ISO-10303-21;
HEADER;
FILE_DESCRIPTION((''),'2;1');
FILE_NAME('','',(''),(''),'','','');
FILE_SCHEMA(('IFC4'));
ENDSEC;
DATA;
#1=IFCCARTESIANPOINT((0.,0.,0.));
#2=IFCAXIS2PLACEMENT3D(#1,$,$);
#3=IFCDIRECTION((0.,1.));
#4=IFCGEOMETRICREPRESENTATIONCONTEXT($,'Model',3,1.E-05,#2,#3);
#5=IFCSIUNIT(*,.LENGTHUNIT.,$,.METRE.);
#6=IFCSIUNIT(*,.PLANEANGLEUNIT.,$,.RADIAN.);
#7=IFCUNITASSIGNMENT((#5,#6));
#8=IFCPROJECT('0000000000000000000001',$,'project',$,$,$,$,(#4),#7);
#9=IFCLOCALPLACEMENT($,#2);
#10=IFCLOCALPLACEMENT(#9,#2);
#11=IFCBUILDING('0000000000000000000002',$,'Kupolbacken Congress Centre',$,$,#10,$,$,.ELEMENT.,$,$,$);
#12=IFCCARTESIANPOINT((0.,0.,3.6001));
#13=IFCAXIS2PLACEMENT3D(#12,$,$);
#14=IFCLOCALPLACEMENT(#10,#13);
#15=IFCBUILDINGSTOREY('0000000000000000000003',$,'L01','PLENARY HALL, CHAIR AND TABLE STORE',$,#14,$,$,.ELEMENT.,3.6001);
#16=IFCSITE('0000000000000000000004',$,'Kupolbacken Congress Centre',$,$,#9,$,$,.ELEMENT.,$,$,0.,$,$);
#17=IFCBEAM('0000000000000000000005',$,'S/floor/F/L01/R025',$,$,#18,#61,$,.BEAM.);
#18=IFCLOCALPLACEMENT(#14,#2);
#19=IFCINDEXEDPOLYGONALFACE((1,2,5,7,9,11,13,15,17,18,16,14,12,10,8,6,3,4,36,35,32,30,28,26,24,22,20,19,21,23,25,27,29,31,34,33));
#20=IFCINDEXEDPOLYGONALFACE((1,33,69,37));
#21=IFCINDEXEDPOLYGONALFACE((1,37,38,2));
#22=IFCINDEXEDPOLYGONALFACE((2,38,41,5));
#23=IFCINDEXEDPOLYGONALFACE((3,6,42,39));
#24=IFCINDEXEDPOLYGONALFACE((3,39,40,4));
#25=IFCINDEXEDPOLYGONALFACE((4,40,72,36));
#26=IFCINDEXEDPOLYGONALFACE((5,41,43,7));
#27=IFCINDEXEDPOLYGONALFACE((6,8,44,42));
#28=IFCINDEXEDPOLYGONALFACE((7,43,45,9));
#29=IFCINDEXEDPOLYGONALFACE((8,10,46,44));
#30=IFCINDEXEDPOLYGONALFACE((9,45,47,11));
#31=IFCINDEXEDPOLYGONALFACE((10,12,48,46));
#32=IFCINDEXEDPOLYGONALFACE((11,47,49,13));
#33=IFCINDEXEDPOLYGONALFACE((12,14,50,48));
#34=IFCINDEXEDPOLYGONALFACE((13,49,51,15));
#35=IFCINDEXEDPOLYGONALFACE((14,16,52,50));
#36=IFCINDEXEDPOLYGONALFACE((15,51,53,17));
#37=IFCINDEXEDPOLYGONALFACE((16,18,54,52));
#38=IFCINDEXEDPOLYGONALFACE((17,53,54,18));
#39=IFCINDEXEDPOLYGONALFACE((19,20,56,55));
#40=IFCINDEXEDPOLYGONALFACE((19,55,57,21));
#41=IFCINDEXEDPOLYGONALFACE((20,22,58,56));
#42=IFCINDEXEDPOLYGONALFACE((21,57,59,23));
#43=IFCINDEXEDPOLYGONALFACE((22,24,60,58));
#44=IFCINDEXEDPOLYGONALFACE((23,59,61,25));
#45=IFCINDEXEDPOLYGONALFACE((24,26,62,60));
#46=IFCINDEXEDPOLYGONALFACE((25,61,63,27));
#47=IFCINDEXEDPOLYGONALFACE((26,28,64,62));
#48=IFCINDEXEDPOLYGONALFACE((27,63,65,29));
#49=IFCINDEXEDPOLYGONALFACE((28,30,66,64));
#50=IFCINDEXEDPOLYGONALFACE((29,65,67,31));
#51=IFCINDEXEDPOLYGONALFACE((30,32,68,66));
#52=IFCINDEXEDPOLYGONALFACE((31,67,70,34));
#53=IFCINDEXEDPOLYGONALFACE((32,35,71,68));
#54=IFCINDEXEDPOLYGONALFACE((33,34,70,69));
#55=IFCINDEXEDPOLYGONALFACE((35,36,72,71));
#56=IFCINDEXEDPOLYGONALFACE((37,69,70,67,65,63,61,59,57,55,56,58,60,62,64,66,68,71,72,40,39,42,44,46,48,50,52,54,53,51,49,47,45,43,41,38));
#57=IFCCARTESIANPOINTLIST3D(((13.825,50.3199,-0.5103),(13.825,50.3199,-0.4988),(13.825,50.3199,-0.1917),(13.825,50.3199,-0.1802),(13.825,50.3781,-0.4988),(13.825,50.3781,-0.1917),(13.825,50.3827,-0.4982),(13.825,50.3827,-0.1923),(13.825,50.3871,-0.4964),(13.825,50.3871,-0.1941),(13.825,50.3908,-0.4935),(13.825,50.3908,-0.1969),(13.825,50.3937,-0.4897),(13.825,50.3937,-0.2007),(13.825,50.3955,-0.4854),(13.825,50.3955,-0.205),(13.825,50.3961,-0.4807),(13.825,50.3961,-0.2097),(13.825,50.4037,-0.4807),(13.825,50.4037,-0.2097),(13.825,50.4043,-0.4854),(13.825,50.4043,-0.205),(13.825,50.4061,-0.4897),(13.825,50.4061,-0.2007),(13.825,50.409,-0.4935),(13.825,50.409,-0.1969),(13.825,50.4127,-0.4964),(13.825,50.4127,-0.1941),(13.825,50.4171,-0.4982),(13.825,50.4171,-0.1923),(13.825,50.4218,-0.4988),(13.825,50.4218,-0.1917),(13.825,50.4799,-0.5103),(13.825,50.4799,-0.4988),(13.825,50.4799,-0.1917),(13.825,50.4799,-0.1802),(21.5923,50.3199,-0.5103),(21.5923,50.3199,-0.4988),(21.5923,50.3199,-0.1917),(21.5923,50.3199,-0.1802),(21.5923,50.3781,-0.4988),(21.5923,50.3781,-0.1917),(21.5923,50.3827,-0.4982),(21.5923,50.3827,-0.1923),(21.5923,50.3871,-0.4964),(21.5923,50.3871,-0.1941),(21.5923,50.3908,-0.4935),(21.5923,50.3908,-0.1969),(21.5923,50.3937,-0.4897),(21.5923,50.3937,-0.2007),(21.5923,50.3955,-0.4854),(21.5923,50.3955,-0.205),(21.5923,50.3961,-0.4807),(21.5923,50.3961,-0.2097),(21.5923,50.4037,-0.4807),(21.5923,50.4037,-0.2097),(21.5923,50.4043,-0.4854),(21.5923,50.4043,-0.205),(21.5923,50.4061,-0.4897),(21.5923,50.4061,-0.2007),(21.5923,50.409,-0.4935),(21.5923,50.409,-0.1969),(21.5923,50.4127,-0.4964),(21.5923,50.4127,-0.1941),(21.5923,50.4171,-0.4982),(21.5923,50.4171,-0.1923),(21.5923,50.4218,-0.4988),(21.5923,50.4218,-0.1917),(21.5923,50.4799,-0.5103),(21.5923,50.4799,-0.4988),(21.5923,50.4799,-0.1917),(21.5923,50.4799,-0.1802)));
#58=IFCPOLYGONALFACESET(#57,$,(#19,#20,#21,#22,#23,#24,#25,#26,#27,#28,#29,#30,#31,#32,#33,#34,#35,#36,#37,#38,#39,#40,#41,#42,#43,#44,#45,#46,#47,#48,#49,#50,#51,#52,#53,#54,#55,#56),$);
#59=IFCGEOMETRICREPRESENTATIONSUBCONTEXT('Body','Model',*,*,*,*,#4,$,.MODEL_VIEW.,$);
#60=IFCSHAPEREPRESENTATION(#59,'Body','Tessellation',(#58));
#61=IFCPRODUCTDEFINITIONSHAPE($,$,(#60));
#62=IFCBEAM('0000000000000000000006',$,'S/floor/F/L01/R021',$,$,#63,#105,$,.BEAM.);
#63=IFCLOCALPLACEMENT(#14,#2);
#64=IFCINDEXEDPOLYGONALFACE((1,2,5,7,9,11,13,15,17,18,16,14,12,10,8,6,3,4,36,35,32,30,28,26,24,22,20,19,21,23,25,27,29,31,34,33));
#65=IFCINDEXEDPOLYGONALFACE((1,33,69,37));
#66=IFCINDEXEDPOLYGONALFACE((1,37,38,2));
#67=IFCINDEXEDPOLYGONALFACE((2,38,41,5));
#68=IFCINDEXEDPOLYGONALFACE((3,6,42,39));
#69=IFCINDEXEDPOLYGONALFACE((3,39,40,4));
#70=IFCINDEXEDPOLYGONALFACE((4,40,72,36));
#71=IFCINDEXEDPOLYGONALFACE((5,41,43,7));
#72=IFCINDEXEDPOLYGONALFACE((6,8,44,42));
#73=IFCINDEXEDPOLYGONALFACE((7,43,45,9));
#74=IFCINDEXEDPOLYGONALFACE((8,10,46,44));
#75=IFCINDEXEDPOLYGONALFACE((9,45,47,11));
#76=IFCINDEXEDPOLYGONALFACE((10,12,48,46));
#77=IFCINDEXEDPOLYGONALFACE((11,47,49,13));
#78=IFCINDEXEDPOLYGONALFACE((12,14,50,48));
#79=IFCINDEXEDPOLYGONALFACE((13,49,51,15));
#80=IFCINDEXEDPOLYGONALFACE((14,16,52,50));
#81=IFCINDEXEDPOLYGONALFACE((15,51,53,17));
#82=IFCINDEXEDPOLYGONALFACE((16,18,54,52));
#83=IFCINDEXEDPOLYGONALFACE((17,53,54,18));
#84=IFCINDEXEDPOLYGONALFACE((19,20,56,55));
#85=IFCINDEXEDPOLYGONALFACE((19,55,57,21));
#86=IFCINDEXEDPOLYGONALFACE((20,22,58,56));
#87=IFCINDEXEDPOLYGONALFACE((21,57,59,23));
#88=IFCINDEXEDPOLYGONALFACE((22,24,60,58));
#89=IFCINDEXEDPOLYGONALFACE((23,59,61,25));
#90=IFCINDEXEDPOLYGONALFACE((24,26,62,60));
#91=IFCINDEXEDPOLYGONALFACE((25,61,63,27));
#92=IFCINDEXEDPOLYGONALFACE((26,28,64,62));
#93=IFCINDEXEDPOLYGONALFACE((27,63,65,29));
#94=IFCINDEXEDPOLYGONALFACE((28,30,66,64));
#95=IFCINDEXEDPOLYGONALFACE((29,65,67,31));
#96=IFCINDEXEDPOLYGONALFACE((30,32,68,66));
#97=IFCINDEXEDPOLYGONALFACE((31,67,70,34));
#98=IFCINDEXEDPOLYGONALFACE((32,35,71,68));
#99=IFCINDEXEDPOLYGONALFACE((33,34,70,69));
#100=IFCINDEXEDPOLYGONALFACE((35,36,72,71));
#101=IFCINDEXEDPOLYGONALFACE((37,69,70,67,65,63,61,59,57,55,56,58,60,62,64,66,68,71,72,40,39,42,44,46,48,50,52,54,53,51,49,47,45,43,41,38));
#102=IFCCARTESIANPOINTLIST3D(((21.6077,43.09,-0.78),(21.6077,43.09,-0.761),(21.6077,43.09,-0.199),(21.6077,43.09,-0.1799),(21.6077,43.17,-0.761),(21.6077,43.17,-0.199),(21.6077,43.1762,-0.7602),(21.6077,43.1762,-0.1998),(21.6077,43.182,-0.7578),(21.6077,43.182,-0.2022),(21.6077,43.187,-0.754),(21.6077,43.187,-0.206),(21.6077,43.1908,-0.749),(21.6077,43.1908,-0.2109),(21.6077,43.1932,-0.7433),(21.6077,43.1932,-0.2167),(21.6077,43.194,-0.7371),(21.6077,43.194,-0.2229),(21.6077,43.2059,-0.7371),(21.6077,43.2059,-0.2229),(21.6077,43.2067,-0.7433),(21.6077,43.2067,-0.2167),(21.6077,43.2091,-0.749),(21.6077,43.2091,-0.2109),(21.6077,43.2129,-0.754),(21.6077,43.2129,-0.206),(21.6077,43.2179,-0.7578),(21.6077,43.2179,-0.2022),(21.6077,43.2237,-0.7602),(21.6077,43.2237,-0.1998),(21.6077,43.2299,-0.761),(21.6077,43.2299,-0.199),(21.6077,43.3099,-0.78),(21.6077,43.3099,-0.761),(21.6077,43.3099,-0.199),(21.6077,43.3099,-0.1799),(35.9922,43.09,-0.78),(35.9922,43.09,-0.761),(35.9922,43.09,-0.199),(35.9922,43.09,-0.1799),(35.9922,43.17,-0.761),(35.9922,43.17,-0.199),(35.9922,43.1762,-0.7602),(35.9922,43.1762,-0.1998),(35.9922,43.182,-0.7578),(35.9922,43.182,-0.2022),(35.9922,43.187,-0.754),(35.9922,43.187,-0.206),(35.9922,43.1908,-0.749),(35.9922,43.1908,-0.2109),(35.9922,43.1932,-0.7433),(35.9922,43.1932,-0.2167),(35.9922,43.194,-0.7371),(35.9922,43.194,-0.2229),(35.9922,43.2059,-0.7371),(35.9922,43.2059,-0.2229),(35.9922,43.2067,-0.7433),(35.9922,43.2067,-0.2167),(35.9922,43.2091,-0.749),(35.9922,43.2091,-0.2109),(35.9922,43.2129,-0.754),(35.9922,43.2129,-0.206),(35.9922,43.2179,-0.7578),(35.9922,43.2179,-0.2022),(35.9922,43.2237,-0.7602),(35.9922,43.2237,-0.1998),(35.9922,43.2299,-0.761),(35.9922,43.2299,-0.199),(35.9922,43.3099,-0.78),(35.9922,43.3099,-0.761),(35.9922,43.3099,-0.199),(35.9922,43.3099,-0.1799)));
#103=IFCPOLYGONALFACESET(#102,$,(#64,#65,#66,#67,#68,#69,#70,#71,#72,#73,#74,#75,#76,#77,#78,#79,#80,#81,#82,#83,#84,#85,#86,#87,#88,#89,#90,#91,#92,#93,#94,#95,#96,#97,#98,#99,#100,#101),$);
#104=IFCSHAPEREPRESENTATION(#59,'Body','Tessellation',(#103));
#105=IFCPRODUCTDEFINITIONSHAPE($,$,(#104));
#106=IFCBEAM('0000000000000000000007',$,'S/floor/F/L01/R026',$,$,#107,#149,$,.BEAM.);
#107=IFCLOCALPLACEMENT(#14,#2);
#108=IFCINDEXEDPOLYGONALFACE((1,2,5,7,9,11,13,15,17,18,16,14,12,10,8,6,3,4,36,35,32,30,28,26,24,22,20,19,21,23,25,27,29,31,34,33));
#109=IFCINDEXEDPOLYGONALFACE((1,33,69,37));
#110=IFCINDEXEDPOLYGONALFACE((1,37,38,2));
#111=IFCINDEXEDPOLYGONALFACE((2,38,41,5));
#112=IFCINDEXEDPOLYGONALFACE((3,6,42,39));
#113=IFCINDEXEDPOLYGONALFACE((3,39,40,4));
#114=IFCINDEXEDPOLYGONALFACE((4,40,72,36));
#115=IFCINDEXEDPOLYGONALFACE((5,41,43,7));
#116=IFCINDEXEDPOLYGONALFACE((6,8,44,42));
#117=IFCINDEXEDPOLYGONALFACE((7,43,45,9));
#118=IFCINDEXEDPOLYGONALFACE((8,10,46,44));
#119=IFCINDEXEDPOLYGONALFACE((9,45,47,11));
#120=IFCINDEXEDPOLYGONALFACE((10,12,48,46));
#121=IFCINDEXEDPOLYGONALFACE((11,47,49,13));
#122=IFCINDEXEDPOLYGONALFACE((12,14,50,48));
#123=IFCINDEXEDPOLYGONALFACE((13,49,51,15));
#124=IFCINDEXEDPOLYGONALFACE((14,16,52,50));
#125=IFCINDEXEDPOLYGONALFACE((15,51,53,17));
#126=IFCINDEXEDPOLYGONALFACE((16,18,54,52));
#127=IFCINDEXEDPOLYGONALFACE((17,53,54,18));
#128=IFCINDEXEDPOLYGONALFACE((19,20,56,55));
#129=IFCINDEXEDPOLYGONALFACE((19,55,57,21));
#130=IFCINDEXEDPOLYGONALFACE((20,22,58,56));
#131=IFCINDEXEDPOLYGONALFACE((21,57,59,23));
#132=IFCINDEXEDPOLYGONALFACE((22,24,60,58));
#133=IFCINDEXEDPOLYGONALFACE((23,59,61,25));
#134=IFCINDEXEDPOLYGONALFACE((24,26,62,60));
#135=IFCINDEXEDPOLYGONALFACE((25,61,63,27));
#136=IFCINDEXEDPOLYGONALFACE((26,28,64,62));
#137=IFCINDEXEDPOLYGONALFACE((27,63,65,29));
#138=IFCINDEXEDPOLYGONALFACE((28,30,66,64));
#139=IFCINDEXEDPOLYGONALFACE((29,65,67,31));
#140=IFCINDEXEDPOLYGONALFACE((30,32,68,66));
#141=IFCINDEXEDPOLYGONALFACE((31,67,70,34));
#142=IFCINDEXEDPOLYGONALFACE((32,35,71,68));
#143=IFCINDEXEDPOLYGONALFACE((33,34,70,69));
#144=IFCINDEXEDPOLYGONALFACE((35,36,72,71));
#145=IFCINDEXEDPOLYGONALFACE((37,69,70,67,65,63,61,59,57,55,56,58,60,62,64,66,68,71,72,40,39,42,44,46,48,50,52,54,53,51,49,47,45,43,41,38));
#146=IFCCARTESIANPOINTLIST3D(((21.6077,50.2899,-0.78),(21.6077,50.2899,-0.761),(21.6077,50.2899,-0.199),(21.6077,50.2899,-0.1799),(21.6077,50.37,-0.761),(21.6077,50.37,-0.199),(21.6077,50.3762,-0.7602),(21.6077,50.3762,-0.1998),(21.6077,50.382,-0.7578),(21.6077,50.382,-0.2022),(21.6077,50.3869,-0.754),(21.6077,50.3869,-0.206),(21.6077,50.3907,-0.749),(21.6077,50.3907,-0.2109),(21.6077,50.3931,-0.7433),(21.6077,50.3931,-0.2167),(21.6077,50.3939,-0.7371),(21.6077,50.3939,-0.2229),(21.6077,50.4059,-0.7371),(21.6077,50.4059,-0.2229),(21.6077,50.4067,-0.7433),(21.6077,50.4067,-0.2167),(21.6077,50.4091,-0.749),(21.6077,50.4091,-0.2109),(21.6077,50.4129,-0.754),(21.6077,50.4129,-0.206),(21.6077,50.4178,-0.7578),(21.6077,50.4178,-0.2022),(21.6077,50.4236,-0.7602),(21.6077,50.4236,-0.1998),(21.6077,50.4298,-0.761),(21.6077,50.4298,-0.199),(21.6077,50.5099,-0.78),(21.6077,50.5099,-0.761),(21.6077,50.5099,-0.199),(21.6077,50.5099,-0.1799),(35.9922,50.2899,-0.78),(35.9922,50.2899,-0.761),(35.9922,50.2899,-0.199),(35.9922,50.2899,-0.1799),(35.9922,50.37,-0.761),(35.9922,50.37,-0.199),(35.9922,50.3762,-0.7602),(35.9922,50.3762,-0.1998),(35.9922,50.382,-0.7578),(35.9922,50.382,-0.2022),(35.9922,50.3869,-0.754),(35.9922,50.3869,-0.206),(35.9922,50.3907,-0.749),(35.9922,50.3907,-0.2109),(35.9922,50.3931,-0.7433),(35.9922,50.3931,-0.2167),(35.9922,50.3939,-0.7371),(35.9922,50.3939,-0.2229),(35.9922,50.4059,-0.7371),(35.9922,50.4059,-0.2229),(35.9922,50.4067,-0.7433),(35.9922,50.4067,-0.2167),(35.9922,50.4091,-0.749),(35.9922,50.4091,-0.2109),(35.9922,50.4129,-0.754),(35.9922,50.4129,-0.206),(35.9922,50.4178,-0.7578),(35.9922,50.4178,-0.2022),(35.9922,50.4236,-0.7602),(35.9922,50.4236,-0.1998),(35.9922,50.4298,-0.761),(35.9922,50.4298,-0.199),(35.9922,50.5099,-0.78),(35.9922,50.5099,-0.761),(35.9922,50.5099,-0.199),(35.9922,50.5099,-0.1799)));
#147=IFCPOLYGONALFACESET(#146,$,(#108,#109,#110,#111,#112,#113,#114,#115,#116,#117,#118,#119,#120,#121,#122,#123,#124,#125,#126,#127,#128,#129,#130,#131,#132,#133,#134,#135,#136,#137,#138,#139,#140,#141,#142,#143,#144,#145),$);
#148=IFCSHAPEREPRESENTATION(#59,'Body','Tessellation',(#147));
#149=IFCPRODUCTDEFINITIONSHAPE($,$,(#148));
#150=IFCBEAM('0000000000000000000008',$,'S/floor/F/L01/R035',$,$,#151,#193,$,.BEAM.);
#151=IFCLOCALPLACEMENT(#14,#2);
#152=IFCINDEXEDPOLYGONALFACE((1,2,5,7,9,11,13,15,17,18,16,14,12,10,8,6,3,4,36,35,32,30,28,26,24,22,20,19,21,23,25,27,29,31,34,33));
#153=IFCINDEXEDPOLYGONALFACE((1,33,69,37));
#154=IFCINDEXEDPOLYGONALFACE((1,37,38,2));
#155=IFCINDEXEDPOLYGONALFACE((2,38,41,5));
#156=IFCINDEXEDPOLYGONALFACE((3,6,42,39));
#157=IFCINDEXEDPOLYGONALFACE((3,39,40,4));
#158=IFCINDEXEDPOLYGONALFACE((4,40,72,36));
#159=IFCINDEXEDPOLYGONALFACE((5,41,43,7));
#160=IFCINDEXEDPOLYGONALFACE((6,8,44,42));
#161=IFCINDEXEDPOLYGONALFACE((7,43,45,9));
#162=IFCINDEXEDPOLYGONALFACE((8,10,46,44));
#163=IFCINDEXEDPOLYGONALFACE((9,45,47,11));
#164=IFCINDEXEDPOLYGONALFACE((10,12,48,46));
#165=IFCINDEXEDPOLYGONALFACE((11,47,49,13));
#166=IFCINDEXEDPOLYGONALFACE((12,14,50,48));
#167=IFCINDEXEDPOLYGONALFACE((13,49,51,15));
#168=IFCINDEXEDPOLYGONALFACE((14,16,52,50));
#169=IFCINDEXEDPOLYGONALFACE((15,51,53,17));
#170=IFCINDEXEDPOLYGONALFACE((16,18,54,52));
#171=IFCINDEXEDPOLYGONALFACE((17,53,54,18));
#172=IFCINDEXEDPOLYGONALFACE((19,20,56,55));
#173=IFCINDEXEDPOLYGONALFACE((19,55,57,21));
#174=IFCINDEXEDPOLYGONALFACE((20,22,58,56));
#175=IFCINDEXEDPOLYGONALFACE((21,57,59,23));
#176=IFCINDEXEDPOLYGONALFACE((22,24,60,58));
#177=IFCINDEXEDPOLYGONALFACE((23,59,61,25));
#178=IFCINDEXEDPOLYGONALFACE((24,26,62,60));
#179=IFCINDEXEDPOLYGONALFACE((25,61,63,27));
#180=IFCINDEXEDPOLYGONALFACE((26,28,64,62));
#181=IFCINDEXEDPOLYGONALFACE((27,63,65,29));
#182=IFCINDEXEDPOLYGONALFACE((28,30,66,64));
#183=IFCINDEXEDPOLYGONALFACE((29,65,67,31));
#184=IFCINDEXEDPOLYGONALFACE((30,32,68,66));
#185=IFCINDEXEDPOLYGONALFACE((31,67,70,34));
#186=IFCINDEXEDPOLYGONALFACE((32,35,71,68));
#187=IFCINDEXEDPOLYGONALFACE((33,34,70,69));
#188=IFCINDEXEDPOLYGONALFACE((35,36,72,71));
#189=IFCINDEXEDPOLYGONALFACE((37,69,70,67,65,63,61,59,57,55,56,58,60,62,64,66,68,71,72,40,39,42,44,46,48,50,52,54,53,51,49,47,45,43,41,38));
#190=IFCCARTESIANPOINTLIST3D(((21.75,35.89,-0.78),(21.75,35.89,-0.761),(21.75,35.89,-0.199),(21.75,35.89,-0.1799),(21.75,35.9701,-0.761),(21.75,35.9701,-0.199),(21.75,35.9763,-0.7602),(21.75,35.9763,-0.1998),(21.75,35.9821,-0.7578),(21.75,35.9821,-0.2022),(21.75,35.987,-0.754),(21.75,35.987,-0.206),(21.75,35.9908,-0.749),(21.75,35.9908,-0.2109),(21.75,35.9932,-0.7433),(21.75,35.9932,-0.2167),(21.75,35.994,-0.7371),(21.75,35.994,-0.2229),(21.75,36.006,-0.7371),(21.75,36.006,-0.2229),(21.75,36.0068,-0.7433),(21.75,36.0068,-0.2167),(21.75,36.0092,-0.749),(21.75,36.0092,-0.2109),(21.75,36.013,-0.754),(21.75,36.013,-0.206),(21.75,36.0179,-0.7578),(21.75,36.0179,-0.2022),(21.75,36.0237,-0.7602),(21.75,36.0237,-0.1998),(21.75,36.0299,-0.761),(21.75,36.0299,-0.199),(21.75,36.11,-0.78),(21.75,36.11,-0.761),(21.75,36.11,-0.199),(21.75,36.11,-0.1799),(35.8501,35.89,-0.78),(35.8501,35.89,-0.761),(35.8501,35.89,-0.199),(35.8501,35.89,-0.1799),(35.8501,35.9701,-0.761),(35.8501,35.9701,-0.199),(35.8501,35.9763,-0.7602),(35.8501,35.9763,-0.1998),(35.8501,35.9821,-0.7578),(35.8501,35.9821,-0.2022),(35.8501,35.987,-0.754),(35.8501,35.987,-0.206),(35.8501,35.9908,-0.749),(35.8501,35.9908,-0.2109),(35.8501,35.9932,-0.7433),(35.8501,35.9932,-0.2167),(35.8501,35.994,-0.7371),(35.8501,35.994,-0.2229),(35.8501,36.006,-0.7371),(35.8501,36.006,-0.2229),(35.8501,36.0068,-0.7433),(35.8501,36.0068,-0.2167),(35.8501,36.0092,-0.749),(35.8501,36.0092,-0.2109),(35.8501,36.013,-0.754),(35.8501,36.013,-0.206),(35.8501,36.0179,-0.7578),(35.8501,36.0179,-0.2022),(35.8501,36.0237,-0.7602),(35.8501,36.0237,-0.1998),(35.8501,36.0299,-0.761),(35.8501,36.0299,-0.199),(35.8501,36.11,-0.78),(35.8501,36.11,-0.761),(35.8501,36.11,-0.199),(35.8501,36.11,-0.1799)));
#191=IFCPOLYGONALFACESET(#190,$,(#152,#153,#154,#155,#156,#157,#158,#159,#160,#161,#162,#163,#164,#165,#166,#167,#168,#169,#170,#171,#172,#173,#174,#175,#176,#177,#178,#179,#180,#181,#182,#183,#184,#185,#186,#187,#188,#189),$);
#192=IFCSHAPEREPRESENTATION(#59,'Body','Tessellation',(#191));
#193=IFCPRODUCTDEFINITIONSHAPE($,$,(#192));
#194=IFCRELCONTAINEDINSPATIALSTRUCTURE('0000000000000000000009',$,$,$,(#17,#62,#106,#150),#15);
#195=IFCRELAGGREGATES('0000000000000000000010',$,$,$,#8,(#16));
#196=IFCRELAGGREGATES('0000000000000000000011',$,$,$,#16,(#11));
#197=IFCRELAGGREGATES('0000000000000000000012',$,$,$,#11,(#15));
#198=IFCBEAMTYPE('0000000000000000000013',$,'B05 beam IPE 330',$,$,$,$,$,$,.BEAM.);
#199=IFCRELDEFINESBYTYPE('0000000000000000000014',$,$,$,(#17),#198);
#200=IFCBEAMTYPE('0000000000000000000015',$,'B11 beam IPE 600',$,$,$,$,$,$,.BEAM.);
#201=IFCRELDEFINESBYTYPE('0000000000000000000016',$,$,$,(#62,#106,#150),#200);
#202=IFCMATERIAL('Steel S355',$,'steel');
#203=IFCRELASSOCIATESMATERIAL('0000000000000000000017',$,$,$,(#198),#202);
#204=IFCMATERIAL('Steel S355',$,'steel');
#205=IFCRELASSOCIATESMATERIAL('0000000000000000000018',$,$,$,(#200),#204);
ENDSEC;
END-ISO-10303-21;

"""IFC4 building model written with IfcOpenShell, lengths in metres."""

from ifc_helpers import new_model, si_unit, direction, frame, origin, origin_2d, place, context, subcontext, project, spatial, i_section, extrude, material, material_profile, profile_set, type_object, element, save


model = new_model("IFC4")

# Units and contexts
model_context = context("Model", 3, precision=1e-05, world=origin(), true_north=direction((0.0, 1.0)))
body_context = subcontext(model_context, "Body", "Model", "MODEL_VIEW")
ifc_project = project(units=[si_unit("LENGTHUNIT", "METRE"), si_unit("PLANEANGLEUNIT", "RADIAN")], contexts=[model_context])

# Site, building, storey
site_placement = place(None, origin())
site = spatial("IfcSite", under=ifc_project, at=site_placement, Name="Kupolbacken Congress Centre", CompositionType="ELEMENT", RefElevation=0.0)
building_placement = place(site_placement, origin())
building = spatial("IfcBuilding", under=site, at=building_placement, Name="Kupolbacken Congress Centre", CompositionType="ELEMENT")
storey_placement = place(building_placement, frame((0.0, 0.0, 3.6001)))
storey = spatial("IfcBuildingStorey", under=building, at=storey_placement, Name="L01", Description="PLENARY HALL, CHAIR AND TABLE STORE", CompositionType="ELEMENT", Elevation=3.6001)

# Beams
ifc_material_1 = material(Name="Steel S355", Category="steel")
ifc_material_profile_1 = material_profile(ifc_material_1, i_section(OverallWidth=0.1599, OverallDepth=0.3301, WebThickness=0.0076, FlangeThickness=0.0115, FilletRadius=0.0181, at=origin_2d()), Name="IPE 330")
ifc_profile_set_1 = profile_set([ifc_material_profile_1], Name="Steel S355")
beam_type_1 = type_object("IfcBeamType", Name="B05 beam IPE 330", PredefinedType="BEAM", material=ifc_profile_set_1)
beam_1_placement = place(storey_placement, frame((13.825, 50.3999, -0.3452), z_axis=(1.0, 0.0, 0.0), x_axis=(0.0, 1.0, 0.0)))
element("IfcBeam", 1, at=beam_1_placement, inside=storey, type_object=beam_type_1, Name="S/floor/F/L01/R025", PredefinedType="BEAM", context=body_context, shape_type="SweptSolid", body=[
    extrude(i_section(OverallWidth=0.1599, OverallDepth=0.3301, WebThickness=0.0076, FlangeThickness=0.0115, FilletRadius=0.0181, at=origin_2d()), origin(), (0.0, 0.0, 1.0), 7.7673),
])
ifc_material_2 = material(Name="Steel S355", Category="steel")
ifc_material_profile_2 = material_profile(ifc_material_2, i_section(OverallWidth=0.22, OverallDepth=0.6001, WebThickness=0.012, FlangeThickness=0.019, FilletRadius=0.0239, at=origin_2d()), Name="IPE 600")
ifc_profile_set_2 = profile_set([ifc_material_profile_2], Name="Steel S355")
beam_type_2 = type_object("IfcBeamType", Name="B11 beam IPE 600", PredefinedType="BEAM", material=ifc_profile_set_2)
for number, where, z_axis, x_axis, name in (
    (2, (21.6077, 43.2, -0.48), (1.0, 0.0, 0.0), (0.0, 1.0, 0.0), "S/floor/F/L01/R021"),
    (3, (21.6077, 50.3999, -0.48), (1.0, 0.0, 0.0), (0.0, 1.0, 0.0), "S/floor/F/L01/R026"),
):
    element("IfcBeam", number, at=place(storey_placement, frame(where, z_axis=z_axis, x_axis=x_axis)), inside=storey, type_object=beam_type_2, Name=name, PredefinedType="BEAM", context=body_context, shape_type="SweptSolid", body=[
        extrude(i_section(OverallWidth=0.22, OverallDepth=0.6001, WebThickness=0.012, FlangeThickness=0.019, FilletRadius=0.0239, at=origin_2d()), origin(), (0.0, 0.0, 1.0), 14.3845),
    ])
beam_2_placement = place(storey_placement, frame((21.75, 36.0, -0.48), z_axis=(1.0, 0.0, 0.0), x_axis=(0.0, 1.0, 0.0)))
element("IfcBeam", 4, at=beam_2_placement, inside=storey, type_object=beam_type_2, Name="S/floor/F/L01/R035", PredefinedType="BEAM", context=body_context, shape_type="SweptSolid", body=[
    extrude(i_section(OverallWidth=0.22, OverallDepth=0.6001, WebThickness=0.012, FlangeThickness=0.019, FilletRadius=0.0239, at=origin_2d()), origin(), (0.0, 0.0, 1.0), 14.1001),
])

save(model, "model.ifc")
